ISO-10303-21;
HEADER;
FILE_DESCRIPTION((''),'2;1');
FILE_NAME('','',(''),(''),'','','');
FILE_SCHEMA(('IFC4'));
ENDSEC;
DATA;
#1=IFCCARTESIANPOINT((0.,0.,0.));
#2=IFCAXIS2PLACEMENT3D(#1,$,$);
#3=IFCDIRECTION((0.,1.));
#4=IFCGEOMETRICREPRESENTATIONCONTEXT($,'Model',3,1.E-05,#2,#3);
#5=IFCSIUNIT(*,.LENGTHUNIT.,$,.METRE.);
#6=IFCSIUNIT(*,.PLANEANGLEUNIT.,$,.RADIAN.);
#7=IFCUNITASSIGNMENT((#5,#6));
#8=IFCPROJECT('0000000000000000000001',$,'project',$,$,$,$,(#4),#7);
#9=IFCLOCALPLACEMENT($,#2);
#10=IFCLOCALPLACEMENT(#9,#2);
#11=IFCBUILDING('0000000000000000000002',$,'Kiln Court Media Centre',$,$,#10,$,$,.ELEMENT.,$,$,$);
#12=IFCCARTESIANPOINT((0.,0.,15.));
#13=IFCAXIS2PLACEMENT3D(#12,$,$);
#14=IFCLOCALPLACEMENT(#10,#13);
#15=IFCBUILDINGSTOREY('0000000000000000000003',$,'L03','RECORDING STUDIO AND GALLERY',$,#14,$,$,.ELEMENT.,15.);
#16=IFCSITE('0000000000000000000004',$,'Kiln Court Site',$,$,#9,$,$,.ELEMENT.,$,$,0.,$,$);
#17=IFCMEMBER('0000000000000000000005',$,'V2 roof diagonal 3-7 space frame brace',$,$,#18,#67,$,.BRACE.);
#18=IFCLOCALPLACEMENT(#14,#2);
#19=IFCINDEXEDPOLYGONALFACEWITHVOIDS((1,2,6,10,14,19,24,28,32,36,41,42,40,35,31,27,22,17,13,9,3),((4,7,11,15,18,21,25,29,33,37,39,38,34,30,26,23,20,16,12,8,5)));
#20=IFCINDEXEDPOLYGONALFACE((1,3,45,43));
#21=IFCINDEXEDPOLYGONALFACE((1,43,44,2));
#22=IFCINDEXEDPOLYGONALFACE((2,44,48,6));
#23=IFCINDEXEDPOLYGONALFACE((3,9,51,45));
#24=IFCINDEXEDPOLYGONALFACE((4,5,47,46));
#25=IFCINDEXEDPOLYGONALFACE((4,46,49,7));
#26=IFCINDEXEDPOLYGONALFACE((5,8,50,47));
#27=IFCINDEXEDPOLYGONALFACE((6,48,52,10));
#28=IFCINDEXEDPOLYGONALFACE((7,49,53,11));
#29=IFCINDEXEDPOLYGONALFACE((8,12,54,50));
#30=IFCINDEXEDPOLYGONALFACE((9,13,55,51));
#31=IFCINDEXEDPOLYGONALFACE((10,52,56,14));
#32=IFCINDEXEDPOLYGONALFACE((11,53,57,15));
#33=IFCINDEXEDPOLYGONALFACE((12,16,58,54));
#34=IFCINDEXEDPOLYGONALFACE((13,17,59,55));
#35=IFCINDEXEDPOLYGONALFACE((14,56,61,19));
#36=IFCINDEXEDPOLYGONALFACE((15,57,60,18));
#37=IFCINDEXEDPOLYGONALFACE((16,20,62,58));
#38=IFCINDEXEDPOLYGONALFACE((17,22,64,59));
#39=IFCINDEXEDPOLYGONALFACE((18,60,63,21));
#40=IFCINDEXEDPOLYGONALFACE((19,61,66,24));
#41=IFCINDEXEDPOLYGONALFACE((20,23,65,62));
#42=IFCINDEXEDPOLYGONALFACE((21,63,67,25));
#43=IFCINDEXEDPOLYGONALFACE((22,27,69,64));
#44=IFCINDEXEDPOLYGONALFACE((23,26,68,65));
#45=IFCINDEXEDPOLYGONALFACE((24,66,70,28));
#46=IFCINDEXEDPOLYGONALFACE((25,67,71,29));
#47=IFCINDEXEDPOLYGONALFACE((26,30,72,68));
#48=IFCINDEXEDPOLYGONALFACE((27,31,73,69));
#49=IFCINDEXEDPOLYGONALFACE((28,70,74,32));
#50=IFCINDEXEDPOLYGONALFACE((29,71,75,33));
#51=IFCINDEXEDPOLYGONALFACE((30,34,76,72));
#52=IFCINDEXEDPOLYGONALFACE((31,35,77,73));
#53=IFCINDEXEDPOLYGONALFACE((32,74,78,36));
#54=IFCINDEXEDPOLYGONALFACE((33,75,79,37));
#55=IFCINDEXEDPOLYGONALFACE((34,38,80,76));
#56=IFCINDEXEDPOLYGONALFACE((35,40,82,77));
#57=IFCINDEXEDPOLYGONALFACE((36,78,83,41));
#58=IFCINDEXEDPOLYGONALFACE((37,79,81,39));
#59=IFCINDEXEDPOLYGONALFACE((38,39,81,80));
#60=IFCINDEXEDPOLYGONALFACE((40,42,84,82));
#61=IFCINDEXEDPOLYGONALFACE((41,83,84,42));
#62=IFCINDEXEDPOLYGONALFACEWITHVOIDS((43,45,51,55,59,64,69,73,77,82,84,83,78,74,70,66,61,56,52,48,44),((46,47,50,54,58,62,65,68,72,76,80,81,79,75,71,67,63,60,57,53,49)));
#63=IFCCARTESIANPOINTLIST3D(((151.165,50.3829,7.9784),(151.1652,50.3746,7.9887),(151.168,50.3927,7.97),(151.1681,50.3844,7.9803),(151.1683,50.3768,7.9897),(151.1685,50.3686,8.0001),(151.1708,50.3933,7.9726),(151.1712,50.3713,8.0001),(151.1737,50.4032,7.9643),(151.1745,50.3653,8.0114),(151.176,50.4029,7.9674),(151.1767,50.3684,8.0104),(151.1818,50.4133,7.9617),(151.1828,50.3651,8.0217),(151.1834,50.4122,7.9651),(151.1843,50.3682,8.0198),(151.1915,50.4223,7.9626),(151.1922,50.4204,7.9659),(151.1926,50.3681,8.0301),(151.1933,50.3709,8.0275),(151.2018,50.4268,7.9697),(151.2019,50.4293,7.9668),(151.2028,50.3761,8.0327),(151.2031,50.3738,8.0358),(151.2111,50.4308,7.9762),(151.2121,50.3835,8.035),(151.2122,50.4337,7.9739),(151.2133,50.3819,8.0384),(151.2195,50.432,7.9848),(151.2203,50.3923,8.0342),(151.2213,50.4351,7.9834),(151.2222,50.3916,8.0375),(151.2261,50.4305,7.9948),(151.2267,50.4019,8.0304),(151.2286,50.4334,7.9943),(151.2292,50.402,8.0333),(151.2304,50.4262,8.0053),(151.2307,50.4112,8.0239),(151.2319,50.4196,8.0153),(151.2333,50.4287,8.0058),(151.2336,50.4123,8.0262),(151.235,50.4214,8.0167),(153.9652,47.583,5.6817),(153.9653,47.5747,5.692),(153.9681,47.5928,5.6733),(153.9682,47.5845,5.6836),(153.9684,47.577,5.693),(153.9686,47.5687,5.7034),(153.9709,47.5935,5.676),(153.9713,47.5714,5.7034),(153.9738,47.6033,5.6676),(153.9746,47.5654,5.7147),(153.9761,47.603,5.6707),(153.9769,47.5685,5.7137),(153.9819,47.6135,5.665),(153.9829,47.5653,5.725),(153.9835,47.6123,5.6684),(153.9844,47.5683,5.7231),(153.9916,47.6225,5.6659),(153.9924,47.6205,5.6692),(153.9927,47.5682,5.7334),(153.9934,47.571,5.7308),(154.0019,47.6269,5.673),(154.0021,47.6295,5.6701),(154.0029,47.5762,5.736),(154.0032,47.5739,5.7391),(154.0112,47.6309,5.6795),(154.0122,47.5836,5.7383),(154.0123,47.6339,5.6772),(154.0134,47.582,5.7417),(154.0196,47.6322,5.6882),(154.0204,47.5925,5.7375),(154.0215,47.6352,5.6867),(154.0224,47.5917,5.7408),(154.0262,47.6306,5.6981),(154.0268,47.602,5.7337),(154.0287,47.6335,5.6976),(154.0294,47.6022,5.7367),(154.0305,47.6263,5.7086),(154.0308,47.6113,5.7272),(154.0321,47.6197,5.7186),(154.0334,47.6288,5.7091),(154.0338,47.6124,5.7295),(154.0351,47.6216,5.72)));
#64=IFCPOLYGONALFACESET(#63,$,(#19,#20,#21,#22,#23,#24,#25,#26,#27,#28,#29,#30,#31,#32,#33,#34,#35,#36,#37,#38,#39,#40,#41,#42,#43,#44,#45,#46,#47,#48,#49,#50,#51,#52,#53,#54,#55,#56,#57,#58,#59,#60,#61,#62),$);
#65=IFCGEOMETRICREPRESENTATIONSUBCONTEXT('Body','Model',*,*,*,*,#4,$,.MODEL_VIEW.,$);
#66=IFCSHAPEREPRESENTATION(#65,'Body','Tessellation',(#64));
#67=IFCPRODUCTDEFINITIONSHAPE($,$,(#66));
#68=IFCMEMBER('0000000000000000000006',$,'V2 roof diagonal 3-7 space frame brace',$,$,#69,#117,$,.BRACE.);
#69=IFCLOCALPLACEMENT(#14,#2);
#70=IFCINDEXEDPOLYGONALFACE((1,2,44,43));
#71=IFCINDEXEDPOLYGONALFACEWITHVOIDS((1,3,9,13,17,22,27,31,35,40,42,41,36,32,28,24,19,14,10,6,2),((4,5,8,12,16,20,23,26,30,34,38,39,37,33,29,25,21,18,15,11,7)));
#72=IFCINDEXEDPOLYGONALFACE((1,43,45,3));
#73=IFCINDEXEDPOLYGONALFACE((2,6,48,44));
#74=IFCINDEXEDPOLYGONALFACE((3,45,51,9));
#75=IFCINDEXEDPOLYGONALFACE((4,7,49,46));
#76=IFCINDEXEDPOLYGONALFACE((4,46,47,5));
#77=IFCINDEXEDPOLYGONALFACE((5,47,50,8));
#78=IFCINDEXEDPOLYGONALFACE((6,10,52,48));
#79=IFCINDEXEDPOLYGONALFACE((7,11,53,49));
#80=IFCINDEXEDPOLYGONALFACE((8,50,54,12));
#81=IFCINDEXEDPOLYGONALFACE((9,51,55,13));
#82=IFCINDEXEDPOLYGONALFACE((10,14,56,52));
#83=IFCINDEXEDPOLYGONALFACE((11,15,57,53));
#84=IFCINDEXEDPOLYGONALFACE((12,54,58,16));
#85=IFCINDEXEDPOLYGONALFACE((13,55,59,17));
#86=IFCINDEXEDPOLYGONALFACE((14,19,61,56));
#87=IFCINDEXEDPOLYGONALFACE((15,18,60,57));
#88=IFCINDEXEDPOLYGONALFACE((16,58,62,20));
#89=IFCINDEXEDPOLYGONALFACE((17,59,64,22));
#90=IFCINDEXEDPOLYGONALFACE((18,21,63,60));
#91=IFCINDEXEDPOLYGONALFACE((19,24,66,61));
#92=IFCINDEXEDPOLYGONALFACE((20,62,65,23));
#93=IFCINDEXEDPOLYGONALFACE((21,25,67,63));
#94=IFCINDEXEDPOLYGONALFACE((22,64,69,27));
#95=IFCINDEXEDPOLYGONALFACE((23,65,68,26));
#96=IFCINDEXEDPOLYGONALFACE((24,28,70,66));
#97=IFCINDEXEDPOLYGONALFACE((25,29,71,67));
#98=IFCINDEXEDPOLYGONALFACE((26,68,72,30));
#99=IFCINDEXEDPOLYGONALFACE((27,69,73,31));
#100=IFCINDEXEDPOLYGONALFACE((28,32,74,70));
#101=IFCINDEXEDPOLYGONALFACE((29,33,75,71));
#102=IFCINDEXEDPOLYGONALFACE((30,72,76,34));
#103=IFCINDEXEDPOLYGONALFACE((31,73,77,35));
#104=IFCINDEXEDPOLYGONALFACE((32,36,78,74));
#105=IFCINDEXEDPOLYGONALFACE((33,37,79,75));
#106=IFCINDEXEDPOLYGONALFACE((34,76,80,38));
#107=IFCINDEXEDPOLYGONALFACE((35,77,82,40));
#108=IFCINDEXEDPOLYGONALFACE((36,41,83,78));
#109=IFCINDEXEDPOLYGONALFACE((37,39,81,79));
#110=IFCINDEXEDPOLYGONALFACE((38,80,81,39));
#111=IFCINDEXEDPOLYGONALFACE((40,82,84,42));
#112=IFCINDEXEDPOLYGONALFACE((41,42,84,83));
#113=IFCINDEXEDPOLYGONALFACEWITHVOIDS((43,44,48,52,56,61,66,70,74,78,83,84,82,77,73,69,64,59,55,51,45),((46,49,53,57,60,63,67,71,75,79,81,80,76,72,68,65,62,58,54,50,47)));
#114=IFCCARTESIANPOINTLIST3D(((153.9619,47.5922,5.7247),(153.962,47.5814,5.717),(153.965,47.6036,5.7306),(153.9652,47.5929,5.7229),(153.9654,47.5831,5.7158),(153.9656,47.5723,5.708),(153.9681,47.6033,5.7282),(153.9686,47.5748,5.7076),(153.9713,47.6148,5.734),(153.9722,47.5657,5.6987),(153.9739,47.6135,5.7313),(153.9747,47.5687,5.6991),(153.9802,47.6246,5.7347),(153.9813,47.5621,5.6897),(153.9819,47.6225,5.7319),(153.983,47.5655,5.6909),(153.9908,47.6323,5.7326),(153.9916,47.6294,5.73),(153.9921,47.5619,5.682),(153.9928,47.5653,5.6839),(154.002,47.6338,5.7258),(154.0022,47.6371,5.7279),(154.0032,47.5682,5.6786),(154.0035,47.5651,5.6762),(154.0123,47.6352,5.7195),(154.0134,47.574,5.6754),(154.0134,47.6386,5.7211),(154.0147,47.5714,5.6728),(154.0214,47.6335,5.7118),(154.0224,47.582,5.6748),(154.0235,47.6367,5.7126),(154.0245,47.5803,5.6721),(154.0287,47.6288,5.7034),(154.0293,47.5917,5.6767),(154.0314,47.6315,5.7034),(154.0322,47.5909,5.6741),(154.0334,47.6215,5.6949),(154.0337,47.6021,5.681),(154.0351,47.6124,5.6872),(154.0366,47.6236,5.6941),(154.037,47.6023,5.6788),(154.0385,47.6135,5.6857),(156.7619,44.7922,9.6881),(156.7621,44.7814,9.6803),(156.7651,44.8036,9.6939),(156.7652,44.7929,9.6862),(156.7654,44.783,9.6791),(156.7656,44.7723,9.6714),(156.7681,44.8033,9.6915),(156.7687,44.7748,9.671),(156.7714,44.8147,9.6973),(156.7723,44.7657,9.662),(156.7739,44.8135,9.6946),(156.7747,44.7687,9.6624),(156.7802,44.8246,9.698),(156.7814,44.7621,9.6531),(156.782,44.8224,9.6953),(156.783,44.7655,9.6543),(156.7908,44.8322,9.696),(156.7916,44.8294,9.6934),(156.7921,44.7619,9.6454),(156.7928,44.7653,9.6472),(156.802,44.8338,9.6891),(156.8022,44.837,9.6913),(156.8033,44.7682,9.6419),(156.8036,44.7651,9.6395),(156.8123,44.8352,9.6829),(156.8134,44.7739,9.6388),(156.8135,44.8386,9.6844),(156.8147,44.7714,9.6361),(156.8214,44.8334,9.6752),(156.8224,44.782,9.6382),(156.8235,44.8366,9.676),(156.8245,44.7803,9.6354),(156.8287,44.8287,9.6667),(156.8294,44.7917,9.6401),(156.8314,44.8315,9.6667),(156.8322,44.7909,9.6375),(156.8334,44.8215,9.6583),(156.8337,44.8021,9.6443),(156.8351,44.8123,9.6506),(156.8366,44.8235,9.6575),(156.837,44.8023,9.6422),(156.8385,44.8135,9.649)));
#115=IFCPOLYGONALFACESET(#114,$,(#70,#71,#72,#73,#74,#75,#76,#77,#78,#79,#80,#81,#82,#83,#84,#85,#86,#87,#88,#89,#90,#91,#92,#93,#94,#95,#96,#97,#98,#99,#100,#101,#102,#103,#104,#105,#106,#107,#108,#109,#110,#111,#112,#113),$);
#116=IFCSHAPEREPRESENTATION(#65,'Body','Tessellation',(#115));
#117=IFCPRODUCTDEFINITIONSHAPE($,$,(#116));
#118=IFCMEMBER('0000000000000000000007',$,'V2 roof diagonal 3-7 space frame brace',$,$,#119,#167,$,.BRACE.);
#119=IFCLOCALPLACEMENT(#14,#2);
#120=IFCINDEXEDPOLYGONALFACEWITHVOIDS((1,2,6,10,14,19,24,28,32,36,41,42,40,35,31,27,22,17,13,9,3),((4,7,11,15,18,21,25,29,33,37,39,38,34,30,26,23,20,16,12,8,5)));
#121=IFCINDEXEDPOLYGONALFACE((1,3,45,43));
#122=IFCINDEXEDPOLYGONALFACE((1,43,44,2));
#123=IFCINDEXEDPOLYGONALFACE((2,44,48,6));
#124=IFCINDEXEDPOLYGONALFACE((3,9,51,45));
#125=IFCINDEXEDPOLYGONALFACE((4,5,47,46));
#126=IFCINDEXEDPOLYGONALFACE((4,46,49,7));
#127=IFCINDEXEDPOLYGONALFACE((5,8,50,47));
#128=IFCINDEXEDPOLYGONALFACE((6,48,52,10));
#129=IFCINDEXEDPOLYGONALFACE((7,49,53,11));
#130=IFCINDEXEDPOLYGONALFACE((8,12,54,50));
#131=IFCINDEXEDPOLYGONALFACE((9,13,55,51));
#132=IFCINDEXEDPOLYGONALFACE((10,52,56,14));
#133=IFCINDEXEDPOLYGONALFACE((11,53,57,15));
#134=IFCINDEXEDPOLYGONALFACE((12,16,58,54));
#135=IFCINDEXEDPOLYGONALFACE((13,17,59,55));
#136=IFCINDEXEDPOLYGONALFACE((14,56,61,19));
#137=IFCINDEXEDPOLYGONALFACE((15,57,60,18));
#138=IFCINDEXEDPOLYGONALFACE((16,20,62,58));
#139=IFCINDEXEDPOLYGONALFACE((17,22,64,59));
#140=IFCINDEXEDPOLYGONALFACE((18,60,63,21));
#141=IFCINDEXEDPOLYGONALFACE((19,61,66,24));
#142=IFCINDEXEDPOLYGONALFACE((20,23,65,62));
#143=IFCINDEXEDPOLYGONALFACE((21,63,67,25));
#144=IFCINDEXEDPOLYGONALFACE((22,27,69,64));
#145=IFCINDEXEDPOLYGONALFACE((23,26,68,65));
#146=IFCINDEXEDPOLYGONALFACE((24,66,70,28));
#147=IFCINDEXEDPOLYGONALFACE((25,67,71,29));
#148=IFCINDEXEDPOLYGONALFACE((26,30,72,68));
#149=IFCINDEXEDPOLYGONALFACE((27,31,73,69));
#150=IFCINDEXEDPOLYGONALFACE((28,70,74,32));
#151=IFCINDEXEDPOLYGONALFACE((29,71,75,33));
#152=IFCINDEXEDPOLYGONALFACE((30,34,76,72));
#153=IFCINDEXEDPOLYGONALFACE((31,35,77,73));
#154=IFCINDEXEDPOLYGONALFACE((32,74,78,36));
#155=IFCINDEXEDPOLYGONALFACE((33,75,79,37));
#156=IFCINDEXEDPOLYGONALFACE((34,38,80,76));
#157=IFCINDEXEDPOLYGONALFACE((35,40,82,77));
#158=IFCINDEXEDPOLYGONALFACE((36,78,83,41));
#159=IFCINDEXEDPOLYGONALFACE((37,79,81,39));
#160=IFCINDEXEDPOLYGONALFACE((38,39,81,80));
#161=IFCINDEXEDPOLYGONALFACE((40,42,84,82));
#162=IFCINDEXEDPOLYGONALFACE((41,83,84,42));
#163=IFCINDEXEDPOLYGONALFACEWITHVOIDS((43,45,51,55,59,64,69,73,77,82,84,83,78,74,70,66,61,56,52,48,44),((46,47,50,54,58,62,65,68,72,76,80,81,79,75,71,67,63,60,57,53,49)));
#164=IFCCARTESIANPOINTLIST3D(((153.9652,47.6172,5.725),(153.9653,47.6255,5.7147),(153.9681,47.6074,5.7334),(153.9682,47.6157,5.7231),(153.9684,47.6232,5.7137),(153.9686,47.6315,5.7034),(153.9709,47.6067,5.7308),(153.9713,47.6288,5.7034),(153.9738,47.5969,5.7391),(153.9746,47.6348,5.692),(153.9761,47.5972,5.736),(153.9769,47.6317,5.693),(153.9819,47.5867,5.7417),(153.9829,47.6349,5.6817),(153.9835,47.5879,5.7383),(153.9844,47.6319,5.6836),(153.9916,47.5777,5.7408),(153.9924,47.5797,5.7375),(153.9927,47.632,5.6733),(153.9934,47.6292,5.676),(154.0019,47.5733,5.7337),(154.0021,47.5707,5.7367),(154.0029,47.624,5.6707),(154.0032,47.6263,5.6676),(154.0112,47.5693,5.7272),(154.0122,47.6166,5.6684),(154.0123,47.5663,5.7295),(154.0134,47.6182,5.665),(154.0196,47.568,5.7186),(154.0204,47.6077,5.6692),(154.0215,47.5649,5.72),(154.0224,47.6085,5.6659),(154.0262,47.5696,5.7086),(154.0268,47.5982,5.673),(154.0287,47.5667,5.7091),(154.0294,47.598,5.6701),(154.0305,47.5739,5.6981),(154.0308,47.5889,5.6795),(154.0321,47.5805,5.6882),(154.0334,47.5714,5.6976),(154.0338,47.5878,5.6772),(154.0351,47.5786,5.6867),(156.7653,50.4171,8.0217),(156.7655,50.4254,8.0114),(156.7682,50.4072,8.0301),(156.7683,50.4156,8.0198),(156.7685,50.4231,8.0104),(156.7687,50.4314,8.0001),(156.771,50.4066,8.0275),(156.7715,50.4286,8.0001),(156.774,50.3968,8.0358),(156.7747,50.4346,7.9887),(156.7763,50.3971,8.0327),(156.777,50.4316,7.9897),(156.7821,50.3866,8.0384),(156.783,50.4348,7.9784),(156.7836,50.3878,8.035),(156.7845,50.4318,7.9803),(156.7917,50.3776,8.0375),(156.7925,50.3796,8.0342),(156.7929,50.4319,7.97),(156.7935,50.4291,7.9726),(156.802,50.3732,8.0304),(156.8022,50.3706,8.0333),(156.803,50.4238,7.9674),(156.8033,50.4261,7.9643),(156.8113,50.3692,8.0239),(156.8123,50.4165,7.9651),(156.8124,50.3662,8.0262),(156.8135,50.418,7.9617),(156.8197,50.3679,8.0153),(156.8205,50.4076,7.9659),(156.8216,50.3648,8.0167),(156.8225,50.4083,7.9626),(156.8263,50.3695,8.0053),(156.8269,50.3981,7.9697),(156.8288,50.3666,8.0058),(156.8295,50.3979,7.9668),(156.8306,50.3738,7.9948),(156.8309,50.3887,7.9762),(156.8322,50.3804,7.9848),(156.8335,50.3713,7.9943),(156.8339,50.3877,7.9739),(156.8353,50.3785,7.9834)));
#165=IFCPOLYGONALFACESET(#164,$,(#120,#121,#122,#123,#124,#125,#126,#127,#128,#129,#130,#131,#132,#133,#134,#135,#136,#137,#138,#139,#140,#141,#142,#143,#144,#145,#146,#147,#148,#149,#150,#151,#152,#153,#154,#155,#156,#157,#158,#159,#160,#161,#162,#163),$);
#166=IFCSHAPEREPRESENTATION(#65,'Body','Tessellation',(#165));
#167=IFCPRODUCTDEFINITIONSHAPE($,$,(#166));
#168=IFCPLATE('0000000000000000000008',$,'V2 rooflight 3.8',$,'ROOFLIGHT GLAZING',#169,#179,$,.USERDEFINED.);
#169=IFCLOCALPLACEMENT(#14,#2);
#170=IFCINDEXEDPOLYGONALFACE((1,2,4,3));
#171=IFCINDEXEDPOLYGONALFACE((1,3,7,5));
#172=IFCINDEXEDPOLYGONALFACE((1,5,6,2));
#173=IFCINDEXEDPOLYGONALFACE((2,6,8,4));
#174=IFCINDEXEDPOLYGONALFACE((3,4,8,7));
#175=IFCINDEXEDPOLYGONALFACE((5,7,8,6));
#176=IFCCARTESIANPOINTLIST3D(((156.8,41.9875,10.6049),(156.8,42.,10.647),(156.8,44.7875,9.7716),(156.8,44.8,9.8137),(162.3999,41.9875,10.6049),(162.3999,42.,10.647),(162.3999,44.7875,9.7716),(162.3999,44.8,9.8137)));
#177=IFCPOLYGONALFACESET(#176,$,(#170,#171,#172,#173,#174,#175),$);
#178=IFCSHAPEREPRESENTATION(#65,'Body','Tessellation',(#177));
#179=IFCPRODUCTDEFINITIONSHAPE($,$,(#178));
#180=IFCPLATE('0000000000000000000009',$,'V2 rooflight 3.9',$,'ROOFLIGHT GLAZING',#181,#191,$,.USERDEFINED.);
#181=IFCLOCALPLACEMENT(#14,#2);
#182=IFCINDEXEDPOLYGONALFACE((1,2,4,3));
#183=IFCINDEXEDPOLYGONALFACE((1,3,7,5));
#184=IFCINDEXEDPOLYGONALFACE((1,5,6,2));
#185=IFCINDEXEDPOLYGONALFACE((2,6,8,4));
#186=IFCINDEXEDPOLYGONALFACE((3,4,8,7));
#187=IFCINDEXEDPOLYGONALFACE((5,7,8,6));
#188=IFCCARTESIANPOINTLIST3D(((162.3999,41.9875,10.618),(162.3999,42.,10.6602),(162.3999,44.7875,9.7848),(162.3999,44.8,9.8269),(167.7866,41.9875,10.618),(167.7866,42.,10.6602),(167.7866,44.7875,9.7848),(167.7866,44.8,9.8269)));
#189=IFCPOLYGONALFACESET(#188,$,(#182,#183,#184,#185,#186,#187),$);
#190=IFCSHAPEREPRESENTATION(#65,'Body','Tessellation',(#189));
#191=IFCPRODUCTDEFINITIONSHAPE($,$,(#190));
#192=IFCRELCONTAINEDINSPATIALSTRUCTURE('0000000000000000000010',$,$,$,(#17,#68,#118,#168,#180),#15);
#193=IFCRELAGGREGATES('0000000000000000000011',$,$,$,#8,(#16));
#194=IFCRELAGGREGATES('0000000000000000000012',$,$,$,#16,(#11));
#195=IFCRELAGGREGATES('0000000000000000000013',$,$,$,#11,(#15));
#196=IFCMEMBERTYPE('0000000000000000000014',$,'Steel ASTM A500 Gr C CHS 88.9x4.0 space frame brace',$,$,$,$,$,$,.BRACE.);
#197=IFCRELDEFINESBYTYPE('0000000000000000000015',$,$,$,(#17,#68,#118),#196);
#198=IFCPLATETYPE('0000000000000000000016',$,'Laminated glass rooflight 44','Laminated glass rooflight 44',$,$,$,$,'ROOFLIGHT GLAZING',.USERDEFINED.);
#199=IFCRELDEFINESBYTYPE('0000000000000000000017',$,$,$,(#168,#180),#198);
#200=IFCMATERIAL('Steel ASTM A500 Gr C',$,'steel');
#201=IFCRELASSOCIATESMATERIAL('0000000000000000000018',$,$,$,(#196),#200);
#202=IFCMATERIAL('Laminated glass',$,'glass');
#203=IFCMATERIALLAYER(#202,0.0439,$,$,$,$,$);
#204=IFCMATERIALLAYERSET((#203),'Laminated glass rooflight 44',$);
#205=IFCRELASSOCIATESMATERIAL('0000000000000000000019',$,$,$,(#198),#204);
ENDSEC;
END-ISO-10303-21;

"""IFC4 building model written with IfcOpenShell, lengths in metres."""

from ifc_helpers import new_model, si_unit, direction, frame, origin, origin_2d, place, context, subcontext, project, spatial, polyline, hollow_circle, outline, extrude, material, layer, layer_set, material_profile, profile_set, type_object, element, save


model = new_model("IFC4")

# Units and contexts
model_context = context("Model", 3, precision=1e-05, world=origin(), true_north=direction((0.0, 1.0)))
body_context = subcontext(model_context, "Body", "Model", "MODEL_VIEW")
ifc_project = project(units=[si_unit("LENGTHUNIT", "METRE"), si_unit("PLANEANGLEUNIT", "RADIAN")], contexts=[model_context])

# Site, building, storey
site_placement = place(None, origin())
site = spatial("IfcSite", under=ifc_project, at=site_placement, Name="Kiln Court Site", CompositionType="ELEMENT", RefElevation=0.0)
building_placement = place(site_placement, origin())
building = spatial("IfcBuilding", under=site, at=building_placement, Name="Kiln Court Media Centre", CompositionType="ELEMENT")
storey_placement = place(building_placement, frame((0.0, 0.0, 15.0)))
storey = spatial("IfcBuildingStorey", under=building, at=storey_placement, Name="L03", Description="RECORDING STUDIO AND GALLERY", CompositionType="ELEMENT", Elevation=15.0)

# Members
ifc_material_1 = material(Name="Steel ASTM A500 Gr C", Category="steel")
ifc_material_profile_1 = material_profile(ifc_material_1, hollow_circle(Radius=0.0444, WallThickness=0.0039, at=origin_2d()), Name="CHS 88.9x4.0")
ifc_profile_set_1 = profile_set([ifc_material_profile_1], Name="Steel ASTM A500 Gr C")
member_type_1 = type_object("IfcMemberType", Name="Steel ASTM A500 Gr C CHS 88.9x4.0 space frame brace", PredefinedType="BRACE", material=ifc_profile_set_1)
member_1_placement = place(storey_placement, frame((154.0, 47.6001, 5.7034), z_axis=(-0.611696, 0.611642, 0.501719), x_axis=(-0.707076, -0.707138, 0.0)))
element("IfcMember", 1, at=member_1_placement, inside=storey, type_object=member_type_1, Name="V2 roof diagonal 3-7 space frame brace", PredefinedType="BRACE", context=body_context, shape_type="SweptSolid", body=[
    extrude(hollow_circle(Radius=0.0444, WallThickness=0.0039, at=origin_2d()), origin(), (0.0, 0.0, 1.0), 4.5776),
])
member_2_placement = place(storey_placement, frame((154.0, 47.6001, 5.7034), z_axis=(0.499778, -0.499778, 0.70742), x_axis=(0.707107, 0.707107, 0.0)))
element("IfcMember", 2, at=member_2_placement, inside=storey, type_object=member_type_1, Name="V2 roof diagonal 3-7 space frame brace", PredefinedType="BRACE", context=body_context, shape_type="SweptSolid", body=[
    extrude(hollow_circle(Radius=0.0444, WallThickness=0.0039, at=origin_2d()), origin(), (0.0, 0.0, 1.0), 5.6025),
])
member_3_placement = place(storey_placement, frame((154.0, 47.6001, 5.7034), z_axis=(0.611696, 0.611642, 0.501719), x_axis=(-0.707076, 0.707138, 0.0)))
element("IfcMember", 3, at=member_3_placement, inside=storey, type_object=member_type_1, Name="V2 roof diagonal 3-7 space frame brace", PredefinedType="BRACE", context=body_context, shape_type="SweptSolid", body=[
    extrude(hollow_circle(Radius=0.0444, WallThickness=0.0039, at=origin_2d()), origin(), (0.0, 0.0, 1.0), 4.5776),
])

# Plates
ifc_material_2 = material(Name="Laminated glass", Category="glass")
ifc_layer_1 = layer(ifc_material_2, 0.0439)
ifc_layer_set_1 = layer_set([ifc_layer_1], Name="Laminated glass rooflight 44")
plate_type_1 = type_object("IfcPlateType", Name="Laminated glass rooflight 44", Description="Laminated glass rooflight 44", ElementType="ROOFLIGHT GLAZING", PredefinedType="USERDEFINED", material=ifc_layer_set_1)
plate_1_placement = place(storey_placement, frame((156.8, 42.0, 10.647), z_axis=(0.0, 0.285223, 0.958461), x_axis=(0.0, 0.958461, -0.285223)))
element("IfcPlate", 4, at=plate_1_placement, inside=storey, type_object=plate_type_1, Name="V2 rooflight 3.8", ObjectType="ROOFLIGHT GLAZING", PredefinedType="USERDEFINED", context=body_context, shape_type="SweptSolid", body=[
    extrude(outline(polyline([(0.0, 0.0), (2.9214, 0.0), (2.9214, -5.5999), (0.0, -5.5999), (0.0, 0.0)])), origin(), (0.0, 0.0, -1.0), 0.0439),
])
plate_2_placement = place(storey_placement, frame((162.3999, 42.0, 10.6602), z_axis=(0.0, 0.285223, 0.958461), x_axis=(0.0, 0.958461, -0.285223)))
element("IfcPlate", 5, at=plate_2_placement, inside=storey, type_object=plate_type_1, Name="V2 rooflight 3.9", ObjectType="ROOFLIGHT GLAZING", PredefinedType="USERDEFINED", context=body_context, shape_type="SweptSolid", body=[
    extrude(outline(polyline([(0.0, 0.0), (2.9214, 0.0), (2.9214, -5.3867), (0.0, -5.3867), (0.0, 0.0)])), origin(), (0.0, 0.0, -1.0), 0.0439),
])

save(model, "model.ifc")
